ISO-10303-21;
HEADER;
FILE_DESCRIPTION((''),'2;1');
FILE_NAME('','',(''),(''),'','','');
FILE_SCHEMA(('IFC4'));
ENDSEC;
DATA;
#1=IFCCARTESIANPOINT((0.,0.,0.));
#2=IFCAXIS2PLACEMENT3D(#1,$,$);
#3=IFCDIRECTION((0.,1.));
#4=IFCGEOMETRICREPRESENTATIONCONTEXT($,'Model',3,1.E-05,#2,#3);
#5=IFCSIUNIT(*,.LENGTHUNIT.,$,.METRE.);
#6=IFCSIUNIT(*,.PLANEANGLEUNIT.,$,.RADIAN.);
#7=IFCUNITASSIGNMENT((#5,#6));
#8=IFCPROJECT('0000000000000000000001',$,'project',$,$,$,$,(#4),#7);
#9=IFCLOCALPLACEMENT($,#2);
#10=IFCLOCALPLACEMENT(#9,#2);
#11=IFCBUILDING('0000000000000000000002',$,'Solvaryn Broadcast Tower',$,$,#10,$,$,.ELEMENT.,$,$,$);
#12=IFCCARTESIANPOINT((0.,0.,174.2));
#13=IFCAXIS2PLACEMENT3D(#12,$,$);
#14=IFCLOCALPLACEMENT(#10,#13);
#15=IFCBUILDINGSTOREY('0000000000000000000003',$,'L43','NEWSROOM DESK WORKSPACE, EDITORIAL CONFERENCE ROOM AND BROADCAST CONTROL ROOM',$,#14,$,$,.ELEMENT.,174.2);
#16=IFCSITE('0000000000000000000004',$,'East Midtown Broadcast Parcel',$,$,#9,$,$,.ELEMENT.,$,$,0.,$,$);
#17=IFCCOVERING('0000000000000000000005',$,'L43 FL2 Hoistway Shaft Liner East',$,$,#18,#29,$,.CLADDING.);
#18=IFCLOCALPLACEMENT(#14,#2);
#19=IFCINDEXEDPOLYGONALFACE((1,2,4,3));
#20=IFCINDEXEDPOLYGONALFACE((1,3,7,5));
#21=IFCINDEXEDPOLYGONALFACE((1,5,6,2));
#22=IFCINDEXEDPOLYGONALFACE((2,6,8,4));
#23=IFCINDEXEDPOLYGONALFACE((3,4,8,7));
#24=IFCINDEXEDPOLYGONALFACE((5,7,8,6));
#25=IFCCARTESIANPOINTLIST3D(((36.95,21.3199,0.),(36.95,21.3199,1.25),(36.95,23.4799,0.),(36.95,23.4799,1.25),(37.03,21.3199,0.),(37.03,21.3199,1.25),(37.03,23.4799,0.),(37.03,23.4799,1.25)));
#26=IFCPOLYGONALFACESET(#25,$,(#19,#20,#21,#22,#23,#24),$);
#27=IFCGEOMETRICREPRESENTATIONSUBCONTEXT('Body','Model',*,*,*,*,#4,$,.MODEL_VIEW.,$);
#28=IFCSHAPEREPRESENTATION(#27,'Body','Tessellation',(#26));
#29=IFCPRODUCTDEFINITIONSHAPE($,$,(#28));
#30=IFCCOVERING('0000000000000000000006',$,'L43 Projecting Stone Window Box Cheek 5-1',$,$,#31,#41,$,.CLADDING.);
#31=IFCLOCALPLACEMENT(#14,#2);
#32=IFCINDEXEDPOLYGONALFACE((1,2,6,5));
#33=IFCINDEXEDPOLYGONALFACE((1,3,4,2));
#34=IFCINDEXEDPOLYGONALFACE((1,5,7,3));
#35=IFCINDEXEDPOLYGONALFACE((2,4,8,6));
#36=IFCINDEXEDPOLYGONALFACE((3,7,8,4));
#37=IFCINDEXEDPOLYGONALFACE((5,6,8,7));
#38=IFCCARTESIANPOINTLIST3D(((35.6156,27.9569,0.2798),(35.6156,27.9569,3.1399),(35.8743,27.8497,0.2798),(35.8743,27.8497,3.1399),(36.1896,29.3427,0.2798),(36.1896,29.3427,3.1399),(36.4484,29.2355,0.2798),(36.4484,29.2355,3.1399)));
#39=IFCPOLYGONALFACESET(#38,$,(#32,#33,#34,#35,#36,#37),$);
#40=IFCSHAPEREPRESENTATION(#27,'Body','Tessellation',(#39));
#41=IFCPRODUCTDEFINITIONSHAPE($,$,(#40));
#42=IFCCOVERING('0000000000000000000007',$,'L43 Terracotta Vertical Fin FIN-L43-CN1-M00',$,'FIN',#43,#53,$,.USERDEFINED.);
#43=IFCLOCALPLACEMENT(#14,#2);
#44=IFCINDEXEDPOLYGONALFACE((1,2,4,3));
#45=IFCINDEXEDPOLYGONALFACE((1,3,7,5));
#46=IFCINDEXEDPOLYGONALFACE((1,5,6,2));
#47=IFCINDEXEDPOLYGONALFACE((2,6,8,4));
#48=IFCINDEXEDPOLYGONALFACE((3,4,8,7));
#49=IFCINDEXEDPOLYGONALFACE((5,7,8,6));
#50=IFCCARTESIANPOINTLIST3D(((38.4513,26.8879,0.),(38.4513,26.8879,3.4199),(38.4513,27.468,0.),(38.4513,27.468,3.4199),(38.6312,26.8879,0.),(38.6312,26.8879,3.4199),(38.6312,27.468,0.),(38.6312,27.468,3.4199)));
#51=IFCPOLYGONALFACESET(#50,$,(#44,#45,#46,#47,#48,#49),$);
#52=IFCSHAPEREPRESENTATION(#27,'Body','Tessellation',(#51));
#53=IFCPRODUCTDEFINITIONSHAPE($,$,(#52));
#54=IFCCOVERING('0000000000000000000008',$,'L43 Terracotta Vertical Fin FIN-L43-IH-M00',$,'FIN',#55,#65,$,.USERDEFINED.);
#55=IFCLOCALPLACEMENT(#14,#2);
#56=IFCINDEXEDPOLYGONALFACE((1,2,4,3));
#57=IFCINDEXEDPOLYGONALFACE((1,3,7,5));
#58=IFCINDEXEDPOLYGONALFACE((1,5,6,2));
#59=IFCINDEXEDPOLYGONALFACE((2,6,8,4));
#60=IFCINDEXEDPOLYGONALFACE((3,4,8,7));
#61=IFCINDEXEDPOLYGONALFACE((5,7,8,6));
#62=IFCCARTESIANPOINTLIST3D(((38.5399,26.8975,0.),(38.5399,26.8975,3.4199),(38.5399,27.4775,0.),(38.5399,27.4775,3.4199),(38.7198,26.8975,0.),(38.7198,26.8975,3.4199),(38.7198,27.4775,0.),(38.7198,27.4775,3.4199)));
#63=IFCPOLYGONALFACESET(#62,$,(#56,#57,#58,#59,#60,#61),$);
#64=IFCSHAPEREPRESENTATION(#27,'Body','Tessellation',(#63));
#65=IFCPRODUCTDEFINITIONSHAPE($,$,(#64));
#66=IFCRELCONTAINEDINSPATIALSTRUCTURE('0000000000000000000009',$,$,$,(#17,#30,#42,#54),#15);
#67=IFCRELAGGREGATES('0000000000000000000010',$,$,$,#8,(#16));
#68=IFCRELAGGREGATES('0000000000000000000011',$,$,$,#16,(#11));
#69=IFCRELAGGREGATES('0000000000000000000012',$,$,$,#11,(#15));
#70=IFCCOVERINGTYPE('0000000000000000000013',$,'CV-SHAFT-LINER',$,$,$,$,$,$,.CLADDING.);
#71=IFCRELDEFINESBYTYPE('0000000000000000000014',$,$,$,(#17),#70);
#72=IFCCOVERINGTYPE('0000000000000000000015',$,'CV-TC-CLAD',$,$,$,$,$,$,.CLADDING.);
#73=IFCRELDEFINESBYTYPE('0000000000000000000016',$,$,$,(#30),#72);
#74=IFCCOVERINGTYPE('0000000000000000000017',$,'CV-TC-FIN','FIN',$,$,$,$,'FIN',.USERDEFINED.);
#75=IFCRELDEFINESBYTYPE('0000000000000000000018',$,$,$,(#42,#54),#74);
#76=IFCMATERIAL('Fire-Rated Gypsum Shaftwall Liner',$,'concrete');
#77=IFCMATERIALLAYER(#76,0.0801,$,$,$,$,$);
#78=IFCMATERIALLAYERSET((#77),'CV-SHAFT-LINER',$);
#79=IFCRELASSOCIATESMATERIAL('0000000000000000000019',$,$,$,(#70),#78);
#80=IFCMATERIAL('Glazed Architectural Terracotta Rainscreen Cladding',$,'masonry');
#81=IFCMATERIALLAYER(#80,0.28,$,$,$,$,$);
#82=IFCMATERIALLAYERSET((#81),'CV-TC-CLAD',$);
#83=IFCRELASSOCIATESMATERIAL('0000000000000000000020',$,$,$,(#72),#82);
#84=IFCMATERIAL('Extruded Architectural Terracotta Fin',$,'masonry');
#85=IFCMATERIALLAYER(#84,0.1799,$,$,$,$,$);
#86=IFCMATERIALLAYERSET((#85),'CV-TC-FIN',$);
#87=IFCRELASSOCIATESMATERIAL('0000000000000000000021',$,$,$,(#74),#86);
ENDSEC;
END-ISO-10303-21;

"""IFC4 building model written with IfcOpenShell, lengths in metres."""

from ifc_helpers import new_model, si_unit, direction, frame, origin, origin_2d, place, context, subcontext, project, spatial, rectangle, extrude, material, layer, layer_set, type_object, element, save


model = new_model("IFC4")

# Units and contexts
model_context = context("Model", 3, precision=1e-05, world=origin(), true_north=direction((0.0, 1.0)))
body_context = subcontext(model_context, "Body", "Model", "MODEL_VIEW")
ifc_project = project(units=[si_unit("LENGTHUNIT", "METRE"), si_unit("PLANEANGLEUNIT", "RADIAN")], contexts=[model_context])

# Site, building, storey
site_placement = place(None, origin())
site = spatial("IfcSite", under=ifc_project, at=site_placement, Name="East Midtown Broadcast Parcel", CompositionType="ELEMENT", RefElevation=0.0)
building_placement = place(site_placement, origin())
building = spatial("IfcBuilding", under=site, at=building_placement, Name="Solvaryn Broadcast Tower", CompositionType="ELEMENT")
storey_placement = place(building_placement, frame((0.0, 0.0, 174.2)))
storey = spatial("IfcBuildingStorey", under=building, at=storey_placement, Name="L43", Description="NEWSROOM DESK WORKSPACE, EDITORIAL CONFERENCE ROOM AND BROADCAST CONTROL ROOM", CompositionType="ELEMENT", Elevation=174.2)

# Coverings
ifc_material_1 = material(Name="Fire-Rated Gypsum Shaftwall Liner", Category="concrete")
ifc_layer_1 = layer(ifc_material_1, 0.0801)
ifc_layer_set_1 = layer_set([ifc_layer_1], Name="CV-SHAFT-LINER")
covering_type_1 = type_object("IfcCoveringType", Name="CV-SHAFT-LINER", PredefinedType="CLADDING", material=ifc_layer_set_1)
covering_1_placement = place(storey_placement, frame((36.99, 22.3999, 0.0), z_axis=(0.0, 0.0, 1.0), x_axis=(1.0, 0.0, 0.0)))
element("IfcCovering", 1, at=covering_1_placement, inside=storey, type_object=covering_type_1, Name="L43 FL2 Hoistway Shaft Liner East", PredefinedType="CLADDING", context=body_context, shape_type="SweptSolid", body=[
    extrude(rectangle(XDim=0.0801, YDim=2.1599, at=origin_2d()), origin(), (0.0, 0.0, 1.0), 1.25),
])
ifc_material_2 = material(Name="Glazed Architectural Terracotta Rainscreen Cladding", Category="masonry")
ifc_layer_2 = layer(ifc_material_2, 0.28)
ifc_layer_set_2 = layer_set([ifc_layer_2], Name="CV-TC-CLAD")
covering_type_2 = type_object("IfcCoveringType", Name="CV-TC-CLAD", PredefinedType="CLADDING", material=ifc_layer_set_2)
covering_2_placement = place(storey_placement, frame((36.032, 28.5962, 0.2798), z_axis=(0.0, 0.0, 1.0), x_axis=(-0.92388, 0.382683, 0.0)))
element("IfcCovering", 2, at=covering_2_placement, inside=storey, type_object=covering_type_2, Name="L43 Projecting Stone Window Box Cheek 5-1", PredefinedType="CLADDING", context=body_context, shape_type="SweptSolid", body=[
    extrude(rectangle(XDim=0.28, YDim=1.5, at=origin_2d()), origin(), (0.0, 0.0, 1.0), 2.8601),
])
ifc_material_3 = material(Name="Extruded Architectural Terracotta Fin", Category="masonry")
ifc_layer_3 = layer(ifc_material_3, 0.1799)
ifc_layer_set_3 = layer_set([ifc_layer_3], Name="CV-TC-FIN")
covering_type_3 = type_object("IfcCoveringType", Name="CV-TC-FIN", Description="FIN", ElementType="FIN", PredefinedType="USERDEFINED", material=ifc_layer_set_3)
for number, where, z_axis, x_axis, name in (
    (3, (38.5413, 27.178, 0.0), (0.0, 0.0, 1.0), (1.0, 0.0, 0.0), "L43 Terracotta Vertical Fin FIN-L43-CN1-M00"),
    (4, (38.6299, 27.1875, 0.0), (0.0, 0.0, 1.0), (1.0, 0.0, 0.0), "L43 Terracotta Vertical Fin FIN-L43-IH-M00"),
):
    element("IfcCovering", number, at=place(storey_placement, frame(where, z_axis=z_axis, x_axis=x_axis)), inside=storey, type_object=covering_type_3, Name=name, ObjectType="FIN", PredefinedType="USERDEFINED", context=body_context, shape_type="SweptSolid", body=[
        extrude(rectangle(XDim=0.1799, YDim=0.5801, at=origin_2d()), origin(), (0.0, 0.0, 1.0), 3.4199),
    ])

save(model, "model.ifc")
